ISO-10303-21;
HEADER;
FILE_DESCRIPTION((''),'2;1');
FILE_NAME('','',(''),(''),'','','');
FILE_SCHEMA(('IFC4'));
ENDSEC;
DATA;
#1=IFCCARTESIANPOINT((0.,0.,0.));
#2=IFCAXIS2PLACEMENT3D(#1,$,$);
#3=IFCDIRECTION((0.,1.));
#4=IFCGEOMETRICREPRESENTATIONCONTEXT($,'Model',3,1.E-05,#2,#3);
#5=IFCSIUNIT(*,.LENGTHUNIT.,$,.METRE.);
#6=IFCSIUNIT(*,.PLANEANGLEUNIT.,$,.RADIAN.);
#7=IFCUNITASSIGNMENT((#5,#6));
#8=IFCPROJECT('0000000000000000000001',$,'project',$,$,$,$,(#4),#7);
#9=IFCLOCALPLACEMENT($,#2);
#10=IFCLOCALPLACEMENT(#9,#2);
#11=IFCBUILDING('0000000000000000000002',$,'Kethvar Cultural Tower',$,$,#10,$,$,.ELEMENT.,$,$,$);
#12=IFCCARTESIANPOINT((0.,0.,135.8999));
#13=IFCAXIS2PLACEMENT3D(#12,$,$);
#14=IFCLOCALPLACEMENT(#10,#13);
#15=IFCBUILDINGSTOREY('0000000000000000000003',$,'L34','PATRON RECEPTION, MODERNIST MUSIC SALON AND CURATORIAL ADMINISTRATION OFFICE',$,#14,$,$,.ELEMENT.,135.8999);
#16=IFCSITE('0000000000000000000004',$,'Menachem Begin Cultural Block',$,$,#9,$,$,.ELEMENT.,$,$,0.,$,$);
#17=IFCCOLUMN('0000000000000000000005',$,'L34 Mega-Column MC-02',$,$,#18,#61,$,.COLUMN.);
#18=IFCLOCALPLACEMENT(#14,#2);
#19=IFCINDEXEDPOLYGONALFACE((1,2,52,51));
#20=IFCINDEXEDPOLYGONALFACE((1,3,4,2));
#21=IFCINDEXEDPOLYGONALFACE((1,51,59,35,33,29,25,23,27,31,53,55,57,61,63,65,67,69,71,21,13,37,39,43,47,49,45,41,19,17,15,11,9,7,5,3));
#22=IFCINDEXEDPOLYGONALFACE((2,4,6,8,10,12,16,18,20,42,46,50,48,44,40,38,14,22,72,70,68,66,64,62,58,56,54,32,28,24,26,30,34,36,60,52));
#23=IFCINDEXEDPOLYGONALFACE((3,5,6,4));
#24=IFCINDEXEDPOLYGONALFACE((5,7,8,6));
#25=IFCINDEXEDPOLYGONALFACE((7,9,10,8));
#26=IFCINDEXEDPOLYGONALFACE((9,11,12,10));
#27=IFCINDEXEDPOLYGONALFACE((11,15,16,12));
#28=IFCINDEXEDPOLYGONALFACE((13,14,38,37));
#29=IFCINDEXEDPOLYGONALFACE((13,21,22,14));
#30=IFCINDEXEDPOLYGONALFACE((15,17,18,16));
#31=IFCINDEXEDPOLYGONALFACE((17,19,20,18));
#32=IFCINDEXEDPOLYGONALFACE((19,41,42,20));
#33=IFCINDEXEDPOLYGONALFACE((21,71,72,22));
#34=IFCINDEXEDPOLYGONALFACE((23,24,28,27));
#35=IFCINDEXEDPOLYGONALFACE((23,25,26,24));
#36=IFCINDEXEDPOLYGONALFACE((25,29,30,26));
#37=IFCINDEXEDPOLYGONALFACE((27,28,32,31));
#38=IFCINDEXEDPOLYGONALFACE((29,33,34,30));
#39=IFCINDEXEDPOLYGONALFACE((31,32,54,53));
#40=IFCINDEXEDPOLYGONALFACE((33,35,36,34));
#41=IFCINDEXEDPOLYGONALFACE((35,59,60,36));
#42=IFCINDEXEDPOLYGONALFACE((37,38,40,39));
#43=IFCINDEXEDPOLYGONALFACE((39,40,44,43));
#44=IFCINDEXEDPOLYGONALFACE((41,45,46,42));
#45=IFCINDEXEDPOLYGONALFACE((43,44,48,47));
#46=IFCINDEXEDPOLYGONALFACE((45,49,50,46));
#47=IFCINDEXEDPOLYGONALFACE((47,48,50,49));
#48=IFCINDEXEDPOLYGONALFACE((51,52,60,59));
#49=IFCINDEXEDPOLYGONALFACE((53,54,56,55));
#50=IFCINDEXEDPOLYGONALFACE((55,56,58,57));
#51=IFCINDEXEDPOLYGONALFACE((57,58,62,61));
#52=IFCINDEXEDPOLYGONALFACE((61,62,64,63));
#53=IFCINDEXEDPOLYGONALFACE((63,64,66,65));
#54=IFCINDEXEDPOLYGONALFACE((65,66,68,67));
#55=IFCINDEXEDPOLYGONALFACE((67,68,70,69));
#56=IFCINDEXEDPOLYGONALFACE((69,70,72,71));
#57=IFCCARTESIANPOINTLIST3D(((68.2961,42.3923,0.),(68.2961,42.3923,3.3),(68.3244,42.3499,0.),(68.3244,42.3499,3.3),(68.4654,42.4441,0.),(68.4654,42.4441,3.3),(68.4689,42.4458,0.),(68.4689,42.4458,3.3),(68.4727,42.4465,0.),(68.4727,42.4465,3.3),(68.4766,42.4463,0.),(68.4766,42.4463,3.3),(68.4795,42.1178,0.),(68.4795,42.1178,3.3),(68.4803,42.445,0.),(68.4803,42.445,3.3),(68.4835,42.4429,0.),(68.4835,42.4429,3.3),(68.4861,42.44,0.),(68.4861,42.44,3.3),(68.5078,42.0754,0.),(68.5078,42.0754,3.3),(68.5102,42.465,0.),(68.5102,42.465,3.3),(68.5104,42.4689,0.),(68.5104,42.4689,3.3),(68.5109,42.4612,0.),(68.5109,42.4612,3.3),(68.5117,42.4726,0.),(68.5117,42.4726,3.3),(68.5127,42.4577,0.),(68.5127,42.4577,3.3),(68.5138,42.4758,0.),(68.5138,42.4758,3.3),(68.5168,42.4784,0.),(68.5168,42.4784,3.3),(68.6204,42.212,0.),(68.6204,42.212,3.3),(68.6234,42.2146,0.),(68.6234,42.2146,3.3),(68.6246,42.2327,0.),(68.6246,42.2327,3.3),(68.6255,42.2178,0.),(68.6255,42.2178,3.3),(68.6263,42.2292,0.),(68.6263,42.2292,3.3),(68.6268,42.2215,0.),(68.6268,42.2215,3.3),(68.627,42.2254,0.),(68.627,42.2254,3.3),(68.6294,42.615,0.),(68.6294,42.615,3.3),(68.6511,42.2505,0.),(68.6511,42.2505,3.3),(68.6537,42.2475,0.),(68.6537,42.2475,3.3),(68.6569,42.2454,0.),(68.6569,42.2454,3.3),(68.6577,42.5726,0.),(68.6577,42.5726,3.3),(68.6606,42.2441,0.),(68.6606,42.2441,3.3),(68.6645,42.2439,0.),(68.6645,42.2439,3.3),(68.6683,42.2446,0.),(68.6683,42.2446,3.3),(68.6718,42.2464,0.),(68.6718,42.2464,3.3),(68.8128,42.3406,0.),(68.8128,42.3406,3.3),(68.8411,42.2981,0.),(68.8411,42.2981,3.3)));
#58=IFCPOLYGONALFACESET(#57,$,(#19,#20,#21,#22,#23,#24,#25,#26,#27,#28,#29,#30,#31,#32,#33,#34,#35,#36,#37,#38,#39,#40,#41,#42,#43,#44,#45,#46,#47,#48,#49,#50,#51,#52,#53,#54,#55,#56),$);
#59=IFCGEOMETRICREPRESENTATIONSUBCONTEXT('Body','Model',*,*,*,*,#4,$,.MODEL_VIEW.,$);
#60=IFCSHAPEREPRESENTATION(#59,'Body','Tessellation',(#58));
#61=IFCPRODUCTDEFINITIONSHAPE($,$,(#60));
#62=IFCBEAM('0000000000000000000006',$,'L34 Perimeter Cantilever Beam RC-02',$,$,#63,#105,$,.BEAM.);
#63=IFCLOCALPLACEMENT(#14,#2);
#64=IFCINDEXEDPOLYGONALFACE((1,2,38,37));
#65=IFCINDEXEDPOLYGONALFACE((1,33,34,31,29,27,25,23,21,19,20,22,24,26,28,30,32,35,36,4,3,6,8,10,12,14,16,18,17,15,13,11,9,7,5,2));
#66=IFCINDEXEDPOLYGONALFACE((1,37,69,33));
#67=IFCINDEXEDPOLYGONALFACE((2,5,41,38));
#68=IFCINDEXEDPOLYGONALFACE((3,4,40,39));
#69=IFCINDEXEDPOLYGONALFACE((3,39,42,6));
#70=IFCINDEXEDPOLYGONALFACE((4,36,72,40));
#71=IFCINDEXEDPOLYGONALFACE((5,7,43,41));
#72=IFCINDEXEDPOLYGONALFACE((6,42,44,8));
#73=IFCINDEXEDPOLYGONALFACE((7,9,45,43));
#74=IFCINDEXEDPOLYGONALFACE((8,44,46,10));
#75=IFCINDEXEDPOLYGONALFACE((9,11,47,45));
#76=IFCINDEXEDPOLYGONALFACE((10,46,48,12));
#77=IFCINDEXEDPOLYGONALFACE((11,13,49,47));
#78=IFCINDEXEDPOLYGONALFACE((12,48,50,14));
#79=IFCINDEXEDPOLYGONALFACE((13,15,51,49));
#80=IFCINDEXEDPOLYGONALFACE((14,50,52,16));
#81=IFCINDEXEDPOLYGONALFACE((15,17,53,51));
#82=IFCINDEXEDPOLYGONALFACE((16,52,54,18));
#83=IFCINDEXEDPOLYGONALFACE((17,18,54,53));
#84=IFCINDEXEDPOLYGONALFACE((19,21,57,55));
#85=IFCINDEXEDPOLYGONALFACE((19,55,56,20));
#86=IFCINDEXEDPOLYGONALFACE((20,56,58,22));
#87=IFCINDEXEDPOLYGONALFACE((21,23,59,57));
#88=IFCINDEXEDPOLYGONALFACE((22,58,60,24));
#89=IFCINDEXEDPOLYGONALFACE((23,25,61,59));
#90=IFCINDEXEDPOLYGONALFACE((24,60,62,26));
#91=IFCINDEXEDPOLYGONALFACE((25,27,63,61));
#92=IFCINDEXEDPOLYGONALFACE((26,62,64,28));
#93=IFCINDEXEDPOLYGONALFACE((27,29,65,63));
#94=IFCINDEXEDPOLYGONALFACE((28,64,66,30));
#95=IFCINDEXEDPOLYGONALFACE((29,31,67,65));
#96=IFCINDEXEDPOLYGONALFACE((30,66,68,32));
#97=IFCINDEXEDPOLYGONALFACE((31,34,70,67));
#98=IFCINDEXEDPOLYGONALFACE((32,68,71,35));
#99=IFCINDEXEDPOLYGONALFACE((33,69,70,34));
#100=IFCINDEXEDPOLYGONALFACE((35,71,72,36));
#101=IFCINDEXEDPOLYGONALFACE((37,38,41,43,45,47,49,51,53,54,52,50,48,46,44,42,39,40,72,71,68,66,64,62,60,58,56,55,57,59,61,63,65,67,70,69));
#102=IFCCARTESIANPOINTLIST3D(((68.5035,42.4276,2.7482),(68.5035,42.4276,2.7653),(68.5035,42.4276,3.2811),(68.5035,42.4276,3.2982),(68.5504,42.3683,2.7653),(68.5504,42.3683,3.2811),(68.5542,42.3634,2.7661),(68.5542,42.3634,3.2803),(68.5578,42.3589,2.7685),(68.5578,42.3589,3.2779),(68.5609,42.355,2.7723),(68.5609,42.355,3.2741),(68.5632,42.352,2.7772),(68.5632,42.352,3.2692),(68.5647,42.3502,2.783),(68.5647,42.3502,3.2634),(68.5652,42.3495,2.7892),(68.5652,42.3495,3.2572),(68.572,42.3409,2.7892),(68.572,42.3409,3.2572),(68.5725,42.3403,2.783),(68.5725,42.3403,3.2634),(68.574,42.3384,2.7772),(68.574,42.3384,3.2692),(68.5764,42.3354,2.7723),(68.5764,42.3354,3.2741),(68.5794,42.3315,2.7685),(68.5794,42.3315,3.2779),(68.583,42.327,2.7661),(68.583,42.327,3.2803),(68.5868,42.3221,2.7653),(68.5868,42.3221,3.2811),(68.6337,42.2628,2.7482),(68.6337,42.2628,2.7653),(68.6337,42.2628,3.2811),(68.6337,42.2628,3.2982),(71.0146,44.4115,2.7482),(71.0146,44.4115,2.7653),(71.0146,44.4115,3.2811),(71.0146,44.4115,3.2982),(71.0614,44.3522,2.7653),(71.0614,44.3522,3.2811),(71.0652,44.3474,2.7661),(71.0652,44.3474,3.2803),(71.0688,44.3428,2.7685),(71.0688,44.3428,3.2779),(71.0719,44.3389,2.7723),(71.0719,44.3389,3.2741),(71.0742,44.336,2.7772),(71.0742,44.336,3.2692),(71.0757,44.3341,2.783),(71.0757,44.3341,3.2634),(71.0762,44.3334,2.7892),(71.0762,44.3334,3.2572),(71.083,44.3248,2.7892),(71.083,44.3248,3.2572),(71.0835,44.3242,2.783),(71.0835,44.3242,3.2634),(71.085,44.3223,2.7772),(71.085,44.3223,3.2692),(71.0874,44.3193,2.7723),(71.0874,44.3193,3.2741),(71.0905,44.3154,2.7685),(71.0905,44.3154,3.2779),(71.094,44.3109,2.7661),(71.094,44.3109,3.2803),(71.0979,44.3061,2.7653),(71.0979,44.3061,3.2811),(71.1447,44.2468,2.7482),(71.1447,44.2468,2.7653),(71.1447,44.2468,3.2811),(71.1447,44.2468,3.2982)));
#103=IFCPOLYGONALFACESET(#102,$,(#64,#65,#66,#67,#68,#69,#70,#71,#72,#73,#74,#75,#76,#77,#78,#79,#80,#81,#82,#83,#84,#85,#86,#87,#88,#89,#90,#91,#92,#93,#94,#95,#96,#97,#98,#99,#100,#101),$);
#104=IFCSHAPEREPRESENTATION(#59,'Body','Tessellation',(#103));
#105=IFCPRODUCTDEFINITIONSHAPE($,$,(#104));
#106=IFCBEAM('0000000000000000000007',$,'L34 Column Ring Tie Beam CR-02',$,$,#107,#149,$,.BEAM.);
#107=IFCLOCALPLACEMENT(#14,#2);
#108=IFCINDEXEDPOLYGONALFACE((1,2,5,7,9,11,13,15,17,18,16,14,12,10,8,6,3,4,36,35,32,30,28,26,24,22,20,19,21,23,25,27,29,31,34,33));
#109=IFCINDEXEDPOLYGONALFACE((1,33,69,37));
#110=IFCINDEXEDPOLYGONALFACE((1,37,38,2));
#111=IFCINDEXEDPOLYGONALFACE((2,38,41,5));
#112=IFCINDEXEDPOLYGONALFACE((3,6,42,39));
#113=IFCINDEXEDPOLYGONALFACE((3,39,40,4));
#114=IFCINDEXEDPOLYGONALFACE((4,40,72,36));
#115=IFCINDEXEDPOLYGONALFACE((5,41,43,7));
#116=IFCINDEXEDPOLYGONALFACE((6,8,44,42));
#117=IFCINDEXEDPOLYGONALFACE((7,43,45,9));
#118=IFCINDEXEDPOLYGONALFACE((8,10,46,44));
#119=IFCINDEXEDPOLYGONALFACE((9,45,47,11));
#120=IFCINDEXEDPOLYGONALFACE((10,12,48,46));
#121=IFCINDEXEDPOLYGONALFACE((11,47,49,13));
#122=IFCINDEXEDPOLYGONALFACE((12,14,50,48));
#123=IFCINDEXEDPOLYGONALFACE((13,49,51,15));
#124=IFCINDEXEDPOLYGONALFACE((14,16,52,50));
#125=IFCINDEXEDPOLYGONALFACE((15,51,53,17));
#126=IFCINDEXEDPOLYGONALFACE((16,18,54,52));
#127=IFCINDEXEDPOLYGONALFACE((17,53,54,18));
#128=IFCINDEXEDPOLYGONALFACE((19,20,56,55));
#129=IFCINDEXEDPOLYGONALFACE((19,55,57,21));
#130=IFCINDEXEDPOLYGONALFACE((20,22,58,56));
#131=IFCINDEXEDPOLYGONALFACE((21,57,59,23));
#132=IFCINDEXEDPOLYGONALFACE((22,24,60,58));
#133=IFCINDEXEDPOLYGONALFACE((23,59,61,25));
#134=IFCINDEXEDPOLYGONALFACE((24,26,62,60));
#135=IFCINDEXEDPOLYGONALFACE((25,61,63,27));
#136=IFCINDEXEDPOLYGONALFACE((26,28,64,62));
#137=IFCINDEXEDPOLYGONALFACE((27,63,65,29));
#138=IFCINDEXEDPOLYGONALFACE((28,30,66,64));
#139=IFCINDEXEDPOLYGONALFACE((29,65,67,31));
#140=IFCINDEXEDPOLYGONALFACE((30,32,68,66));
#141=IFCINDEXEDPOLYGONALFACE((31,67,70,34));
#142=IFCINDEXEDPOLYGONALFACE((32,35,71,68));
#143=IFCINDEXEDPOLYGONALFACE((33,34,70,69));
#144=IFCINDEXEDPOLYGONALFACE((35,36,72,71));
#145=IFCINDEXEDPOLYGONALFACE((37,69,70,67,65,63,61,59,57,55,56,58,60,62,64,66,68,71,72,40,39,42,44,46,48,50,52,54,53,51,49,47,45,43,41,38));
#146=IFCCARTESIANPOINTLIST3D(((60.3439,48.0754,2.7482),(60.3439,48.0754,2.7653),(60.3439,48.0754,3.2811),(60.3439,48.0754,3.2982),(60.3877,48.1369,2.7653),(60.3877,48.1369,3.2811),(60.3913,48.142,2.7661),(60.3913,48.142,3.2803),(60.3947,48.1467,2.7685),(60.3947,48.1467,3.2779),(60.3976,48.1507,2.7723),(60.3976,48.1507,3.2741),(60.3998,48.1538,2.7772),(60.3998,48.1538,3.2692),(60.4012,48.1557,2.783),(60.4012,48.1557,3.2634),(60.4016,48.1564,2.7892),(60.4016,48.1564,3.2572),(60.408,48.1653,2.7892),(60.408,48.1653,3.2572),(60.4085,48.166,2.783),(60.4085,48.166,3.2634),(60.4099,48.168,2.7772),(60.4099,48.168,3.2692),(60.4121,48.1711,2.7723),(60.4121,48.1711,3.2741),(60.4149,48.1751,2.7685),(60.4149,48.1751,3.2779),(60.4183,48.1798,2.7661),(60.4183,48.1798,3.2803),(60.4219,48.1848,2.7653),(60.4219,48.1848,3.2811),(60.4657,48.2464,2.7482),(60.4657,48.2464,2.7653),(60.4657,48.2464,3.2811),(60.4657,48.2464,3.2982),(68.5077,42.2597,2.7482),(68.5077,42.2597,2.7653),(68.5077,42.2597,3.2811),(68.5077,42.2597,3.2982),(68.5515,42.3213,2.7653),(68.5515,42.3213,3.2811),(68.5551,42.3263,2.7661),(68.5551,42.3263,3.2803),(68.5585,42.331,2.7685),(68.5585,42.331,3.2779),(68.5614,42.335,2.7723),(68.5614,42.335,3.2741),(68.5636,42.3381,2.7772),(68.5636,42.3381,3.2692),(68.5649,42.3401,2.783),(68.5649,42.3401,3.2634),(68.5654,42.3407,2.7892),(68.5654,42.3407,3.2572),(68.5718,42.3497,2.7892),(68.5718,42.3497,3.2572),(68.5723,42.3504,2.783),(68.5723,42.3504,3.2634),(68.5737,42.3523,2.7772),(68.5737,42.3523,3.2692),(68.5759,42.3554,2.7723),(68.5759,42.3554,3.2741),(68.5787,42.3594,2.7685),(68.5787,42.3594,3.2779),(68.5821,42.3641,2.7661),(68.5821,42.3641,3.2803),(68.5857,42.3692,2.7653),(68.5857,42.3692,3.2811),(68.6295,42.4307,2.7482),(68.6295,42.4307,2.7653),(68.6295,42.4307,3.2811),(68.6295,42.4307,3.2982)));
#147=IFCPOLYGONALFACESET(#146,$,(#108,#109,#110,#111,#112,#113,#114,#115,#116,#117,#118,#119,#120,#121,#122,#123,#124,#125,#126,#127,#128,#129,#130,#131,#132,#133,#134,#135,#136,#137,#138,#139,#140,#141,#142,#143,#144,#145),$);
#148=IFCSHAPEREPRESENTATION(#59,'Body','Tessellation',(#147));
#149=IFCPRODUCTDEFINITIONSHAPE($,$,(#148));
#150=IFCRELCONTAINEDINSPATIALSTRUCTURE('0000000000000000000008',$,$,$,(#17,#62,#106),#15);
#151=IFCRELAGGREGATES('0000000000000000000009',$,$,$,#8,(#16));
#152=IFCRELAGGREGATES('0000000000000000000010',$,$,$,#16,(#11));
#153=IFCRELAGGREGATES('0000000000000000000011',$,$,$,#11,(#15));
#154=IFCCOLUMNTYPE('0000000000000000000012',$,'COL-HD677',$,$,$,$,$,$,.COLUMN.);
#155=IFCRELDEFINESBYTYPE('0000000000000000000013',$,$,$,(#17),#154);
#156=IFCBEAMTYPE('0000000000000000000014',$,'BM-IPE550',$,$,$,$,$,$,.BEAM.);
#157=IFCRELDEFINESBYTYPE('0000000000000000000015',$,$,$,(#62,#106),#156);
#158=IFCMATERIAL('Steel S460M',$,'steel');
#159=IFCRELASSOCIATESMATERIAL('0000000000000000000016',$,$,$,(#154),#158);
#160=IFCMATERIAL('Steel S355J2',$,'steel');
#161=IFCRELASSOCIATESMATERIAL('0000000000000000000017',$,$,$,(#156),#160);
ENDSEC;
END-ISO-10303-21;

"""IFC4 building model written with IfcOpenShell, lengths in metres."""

from ifc_helpers import new_model, si_unit, direction, frame, origin, origin_2d, place, context, subcontext, project, spatial, i_section, extrude, source, transform, mapped, material, material_profile, profile_set, type_object, element, save


model = new_model("IFC4")

# Units and contexts
model_context = context("Model", 3, precision=1e-05, world=origin(), true_north=direction((0.0, 1.0)))
body_context = subcontext(model_context, "Body", "Model", "MODEL_VIEW")
ifc_project = project(units=[si_unit("LENGTHUNIT", "METRE"), si_unit("PLANEANGLEUNIT", "RADIAN")], contexts=[model_context])

# Site, building, storey
site_placement = place(None, origin())
site = spatial("IfcSite", under=ifc_project, at=site_placement, Name="Menachem Begin Cultural Block", CompositionType="ELEMENT", RefElevation=0.0)
building_placement = place(site_placement, origin())
building = spatial("IfcBuilding", under=site, at=building_placement, Name="Kethvar Cultural Tower", CompositionType="ELEMENT")
storey_placement = place(building_placement, frame((0.0, 0.0, 135.8999)))
storey = spatial("IfcBuildingStorey", under=building, at=storey_placement, Name="L34", Description="PATRON RECEPTION, MODERNIST MUSIC SALON AND CURATORIAL ADMINISTRATION OFFICE", CompositionType="ELEMENT", Elevation=135.8999)

# Column
ifc_material_1 = material(Name="Steel S460M", Category="steel")
ifc_material_profile_1 = material_profile(ifc_material_1, i_section(OverallWidth=0.4009, OverallDepth=0.3811, WebThickness=0.032, FlangeThickness=0.051, FilletRadius=0.0149, at=origin_2d()), Name="Steel S460M — HD400x677")
ifc_profile_set_1 = profile_set([ifc_material_profile_1], Name="Steel S460M — HD400x677")
column_type = type_object("IfcColumnType", Name="COL-HD677", PredefinedType="COLUMN", material=ifc_profile_set_1)
shared_shape_1 = source(origin(), body_context, "Body", "SweptSolid", [
    extrude(i_section(OverallWidth=0.4009, OverallDepth=0.3811, WebThickness=0.032, FlangeThickness=0.051, FilletRadius=0.0149, at=origin_2d()), origin(), (0.0, 0.0, 1.0), 3.3),
])
column_placement = place(storey_placement, frame((68.5686, 42.3452, 0.0), z_axis=(0.0, 0.0, 1.0), x_axis=(0.83147, 0.55557, 0.0)))
element("IfcColumn", 1, at=column_placement, inside=storey, type_object=column_type, Name="L34 Mega-Column MC-02", PredefinedType="COLUMN", context=body_context, shape_type="MappedRepresentation", body=[
    mapped(shared_shape_1, transform((0.0, 0.0, 0.0), scale=1.0)),
])

# Beams
ifc_material_2 = material(Name="Steel S355J2", Category="steel")
ifc_material_profile_2 = material_profile(ifc_material_2, i_section(OverallWidth=0.21, OverallDepth=0.55, WebThickness=0.011, FlangeThickness=0.0171, FilletRadius=0.0239, at=origin_2d()), Name="Steel S355J2 — IPE550")
ifc_profile_set_2 = profile_set([ifc_material_profile_2], Name="Steel S355J2 — IPE550")
beam_type_1 = type_object("IfcBeamType", Name="BM-IPE550", PredefinedType="BEAM", material=ifc_profile_set_2)
shared_shape_2 = source(origin(), body_context, "Body", "SweptSolid", [
    extrude(i_section(OverallWidth=0.21, OverallDepth=0.55, WebThickness=0.011, FlangeThickness=0.0171, FilletRadius=0.0239, at=origin_2d()), origin(), (0.0, 0.0, 1.0), 3.2002),
])
beam_1_placement = place(storey_placement, frame((68.5686, 42.3452, 3.0232), z_axis=(0.78465, 0.619939, 0.0), x_axis=(-0.619939, 0.78465, 0.0)))
element("IfcBeam", 2, at=beam_1_placement, inside=storey, type_object=beam_type_1, Name="L34 Perimeter Cantilever Beam RC-02", PredefinedType="BEAM", context=body_context, shape_type="MappedRepresentation", body=[
    mapped(shared_shape_2, transform((0.0, 0.0, 0.0), scale=1.0)),
])
shared_shape_3 = source(origin(), body_context, "Body", "SweptSolid", [
    extrude(i_section(OverallWidth=0.21, OverallDepth=0.55, WebThickness=0.011, FlangeThickness=0.0171, FilletRadius=0.0239, at=origin_2d()), origin(), (0.0, 0.0, 1.0), 10.0234),
])
beam_2_placement = place(storey_placement, frame((68.5686, 42.3452, 3.0232), z_axis=(-0.81447, 0.580206, 0.0), x_axis=(-0.580206, -0.81447, 0.0)))
element("IfcBeam", 3, at=beam_2_placement, inside=storey, type_object=beam_type_1, Name="L34 Column Ring Tie Beam CR-02", PredefinedType="BEAM", context=body_context, shape_type="MappedRepresentation", body=[
    mapped(shared_shape_3, transform((0.0, 0.0, 0.0), scale=1.0)),
])

save(model, "model.ifc")
